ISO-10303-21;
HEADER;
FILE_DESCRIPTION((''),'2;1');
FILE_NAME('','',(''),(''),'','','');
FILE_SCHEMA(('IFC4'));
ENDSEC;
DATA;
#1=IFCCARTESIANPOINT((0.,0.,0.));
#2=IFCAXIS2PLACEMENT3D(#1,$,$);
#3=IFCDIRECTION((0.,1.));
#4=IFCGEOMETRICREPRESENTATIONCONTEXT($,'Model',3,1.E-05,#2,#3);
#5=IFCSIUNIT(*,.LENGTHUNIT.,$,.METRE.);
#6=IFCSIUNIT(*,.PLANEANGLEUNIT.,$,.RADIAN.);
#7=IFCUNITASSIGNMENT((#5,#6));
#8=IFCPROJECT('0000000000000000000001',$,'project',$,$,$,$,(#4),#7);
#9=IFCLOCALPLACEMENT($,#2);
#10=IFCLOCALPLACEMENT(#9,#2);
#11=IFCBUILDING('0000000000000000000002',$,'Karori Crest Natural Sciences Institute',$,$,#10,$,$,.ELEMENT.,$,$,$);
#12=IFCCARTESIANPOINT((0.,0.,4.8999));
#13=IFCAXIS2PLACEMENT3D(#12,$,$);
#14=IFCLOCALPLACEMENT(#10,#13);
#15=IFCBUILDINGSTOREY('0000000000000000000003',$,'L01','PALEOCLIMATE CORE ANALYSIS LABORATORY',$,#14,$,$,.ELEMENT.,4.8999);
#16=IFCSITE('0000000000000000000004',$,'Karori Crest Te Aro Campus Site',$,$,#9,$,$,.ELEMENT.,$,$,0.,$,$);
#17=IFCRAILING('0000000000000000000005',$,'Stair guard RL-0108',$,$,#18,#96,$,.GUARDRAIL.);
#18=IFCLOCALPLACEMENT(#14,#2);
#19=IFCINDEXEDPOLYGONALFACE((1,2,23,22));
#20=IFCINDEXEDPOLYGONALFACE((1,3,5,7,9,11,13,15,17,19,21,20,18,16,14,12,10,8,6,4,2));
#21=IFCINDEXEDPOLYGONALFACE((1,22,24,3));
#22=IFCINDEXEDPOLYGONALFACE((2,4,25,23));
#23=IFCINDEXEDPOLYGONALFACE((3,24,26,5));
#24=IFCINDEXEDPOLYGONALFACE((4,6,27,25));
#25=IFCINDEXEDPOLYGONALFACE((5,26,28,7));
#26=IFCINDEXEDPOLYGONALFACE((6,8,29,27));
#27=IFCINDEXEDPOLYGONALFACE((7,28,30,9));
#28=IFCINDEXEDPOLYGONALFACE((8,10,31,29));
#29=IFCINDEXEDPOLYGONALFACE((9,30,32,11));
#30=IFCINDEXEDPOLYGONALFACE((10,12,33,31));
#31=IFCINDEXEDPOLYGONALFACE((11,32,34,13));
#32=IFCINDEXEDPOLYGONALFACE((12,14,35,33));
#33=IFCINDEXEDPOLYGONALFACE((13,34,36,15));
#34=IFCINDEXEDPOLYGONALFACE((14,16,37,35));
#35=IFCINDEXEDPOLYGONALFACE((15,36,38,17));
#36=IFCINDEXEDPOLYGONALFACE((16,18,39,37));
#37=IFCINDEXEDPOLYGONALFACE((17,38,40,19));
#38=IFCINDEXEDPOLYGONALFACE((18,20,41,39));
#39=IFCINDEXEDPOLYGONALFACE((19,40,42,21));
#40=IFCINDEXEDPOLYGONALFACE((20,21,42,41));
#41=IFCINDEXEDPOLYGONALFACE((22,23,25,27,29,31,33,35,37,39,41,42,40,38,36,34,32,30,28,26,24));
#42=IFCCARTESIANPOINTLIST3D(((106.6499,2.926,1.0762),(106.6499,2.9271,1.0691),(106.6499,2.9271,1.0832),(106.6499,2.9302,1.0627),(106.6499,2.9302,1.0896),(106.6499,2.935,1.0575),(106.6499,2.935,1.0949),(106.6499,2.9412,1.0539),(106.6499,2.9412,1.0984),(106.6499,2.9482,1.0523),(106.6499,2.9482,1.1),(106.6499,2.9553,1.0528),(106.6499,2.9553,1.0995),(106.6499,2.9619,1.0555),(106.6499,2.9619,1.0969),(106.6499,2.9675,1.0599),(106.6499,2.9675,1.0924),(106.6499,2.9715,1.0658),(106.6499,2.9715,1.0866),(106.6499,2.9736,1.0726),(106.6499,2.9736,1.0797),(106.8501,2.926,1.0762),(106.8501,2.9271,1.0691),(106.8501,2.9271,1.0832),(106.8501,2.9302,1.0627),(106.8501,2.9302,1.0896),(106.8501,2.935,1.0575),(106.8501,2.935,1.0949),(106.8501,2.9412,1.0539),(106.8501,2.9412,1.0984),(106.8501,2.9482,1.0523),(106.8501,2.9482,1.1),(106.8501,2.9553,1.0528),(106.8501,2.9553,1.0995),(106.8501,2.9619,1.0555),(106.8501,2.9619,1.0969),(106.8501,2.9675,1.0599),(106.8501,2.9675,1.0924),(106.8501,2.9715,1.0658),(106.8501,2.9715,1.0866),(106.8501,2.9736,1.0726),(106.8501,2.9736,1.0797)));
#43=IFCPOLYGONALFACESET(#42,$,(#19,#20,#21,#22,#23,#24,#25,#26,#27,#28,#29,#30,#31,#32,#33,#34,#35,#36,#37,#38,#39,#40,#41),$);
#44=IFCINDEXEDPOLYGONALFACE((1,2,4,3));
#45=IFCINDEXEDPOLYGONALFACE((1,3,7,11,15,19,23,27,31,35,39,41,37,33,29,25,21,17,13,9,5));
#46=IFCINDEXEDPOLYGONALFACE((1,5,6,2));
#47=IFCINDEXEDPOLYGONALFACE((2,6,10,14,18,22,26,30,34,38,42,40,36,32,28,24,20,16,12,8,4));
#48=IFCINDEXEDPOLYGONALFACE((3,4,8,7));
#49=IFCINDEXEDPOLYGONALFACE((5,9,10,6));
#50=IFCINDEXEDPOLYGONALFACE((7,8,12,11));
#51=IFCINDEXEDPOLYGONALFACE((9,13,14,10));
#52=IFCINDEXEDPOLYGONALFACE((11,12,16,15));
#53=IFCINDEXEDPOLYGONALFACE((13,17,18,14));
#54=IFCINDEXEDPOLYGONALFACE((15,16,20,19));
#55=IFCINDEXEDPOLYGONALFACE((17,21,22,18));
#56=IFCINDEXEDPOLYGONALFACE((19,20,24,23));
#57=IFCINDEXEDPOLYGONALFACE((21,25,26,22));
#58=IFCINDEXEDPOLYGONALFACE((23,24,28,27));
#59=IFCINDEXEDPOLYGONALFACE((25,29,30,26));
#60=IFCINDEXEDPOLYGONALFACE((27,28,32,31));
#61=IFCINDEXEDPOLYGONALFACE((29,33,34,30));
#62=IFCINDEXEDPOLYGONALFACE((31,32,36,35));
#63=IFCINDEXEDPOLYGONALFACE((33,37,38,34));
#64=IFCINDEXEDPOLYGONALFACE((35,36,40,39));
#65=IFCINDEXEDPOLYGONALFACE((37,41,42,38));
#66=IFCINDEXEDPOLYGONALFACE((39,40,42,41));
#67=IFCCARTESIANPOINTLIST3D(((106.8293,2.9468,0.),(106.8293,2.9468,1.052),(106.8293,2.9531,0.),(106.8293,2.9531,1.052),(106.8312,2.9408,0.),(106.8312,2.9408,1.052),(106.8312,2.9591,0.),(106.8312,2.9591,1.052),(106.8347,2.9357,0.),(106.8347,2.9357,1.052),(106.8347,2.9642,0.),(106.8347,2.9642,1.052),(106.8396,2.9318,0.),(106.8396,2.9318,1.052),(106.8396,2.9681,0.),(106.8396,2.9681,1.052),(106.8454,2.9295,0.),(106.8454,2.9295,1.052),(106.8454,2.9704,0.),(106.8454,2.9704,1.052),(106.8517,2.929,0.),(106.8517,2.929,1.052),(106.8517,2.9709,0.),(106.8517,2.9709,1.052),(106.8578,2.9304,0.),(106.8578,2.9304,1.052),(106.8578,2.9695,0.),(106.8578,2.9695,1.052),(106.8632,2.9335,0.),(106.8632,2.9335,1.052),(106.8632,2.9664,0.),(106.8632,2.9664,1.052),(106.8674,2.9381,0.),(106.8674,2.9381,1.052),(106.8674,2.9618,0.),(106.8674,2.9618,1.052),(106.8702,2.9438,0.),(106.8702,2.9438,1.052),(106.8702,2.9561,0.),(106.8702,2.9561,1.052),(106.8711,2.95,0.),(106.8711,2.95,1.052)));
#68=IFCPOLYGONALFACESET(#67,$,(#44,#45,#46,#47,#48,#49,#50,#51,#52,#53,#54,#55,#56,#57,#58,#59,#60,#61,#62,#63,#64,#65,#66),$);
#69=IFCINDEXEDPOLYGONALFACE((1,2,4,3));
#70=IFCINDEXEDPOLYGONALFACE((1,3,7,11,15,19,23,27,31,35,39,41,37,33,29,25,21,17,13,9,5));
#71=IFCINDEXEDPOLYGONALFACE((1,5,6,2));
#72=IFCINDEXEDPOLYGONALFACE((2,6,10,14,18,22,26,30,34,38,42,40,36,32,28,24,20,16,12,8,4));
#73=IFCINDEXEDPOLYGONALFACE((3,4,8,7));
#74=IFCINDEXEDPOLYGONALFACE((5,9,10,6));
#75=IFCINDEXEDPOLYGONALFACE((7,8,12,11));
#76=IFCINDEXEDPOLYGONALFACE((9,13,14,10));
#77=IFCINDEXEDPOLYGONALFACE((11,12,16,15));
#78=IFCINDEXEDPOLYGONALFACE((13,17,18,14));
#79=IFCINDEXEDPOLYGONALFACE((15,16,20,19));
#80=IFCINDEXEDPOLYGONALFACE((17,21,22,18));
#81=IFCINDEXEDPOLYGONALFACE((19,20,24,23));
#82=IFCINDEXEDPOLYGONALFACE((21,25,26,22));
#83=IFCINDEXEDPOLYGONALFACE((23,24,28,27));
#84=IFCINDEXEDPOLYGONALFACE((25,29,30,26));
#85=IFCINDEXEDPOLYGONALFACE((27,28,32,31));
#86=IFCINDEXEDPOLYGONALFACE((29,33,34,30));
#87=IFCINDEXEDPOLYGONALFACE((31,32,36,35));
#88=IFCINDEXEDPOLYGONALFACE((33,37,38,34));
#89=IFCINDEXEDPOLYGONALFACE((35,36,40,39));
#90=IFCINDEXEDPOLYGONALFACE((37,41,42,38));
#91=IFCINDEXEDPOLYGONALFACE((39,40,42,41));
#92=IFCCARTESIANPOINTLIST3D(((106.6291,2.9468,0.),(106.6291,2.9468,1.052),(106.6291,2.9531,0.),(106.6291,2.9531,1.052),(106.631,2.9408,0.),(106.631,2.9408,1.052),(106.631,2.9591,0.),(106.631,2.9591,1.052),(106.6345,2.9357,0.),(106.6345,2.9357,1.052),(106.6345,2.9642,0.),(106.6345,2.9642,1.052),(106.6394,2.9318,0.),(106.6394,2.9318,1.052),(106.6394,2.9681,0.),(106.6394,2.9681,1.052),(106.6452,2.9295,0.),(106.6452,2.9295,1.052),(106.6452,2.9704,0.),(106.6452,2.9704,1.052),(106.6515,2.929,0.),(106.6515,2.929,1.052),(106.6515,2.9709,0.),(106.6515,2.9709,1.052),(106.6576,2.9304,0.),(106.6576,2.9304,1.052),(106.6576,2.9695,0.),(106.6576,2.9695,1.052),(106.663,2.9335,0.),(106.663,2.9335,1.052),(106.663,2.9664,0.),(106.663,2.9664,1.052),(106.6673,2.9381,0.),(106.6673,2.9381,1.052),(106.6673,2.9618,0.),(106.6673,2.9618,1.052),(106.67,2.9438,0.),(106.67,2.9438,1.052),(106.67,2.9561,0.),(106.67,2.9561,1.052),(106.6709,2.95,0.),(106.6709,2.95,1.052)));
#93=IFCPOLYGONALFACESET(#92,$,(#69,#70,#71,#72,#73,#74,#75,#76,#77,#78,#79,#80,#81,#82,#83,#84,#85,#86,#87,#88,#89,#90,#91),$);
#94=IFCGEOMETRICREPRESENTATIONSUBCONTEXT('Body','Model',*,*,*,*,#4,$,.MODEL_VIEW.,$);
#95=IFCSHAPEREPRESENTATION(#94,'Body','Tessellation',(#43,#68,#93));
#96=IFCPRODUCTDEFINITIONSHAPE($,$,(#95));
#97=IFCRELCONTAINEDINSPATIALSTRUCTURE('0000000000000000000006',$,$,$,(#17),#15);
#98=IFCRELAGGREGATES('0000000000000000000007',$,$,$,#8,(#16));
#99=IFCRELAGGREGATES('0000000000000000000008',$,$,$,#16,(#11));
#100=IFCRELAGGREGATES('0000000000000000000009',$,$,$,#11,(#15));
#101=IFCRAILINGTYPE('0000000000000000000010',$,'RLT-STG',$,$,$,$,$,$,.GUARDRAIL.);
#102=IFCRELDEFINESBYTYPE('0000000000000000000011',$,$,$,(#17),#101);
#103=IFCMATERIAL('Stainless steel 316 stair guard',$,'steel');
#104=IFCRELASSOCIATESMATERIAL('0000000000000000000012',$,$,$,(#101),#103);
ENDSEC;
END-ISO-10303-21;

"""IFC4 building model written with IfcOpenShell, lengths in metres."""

from ifc_helpers import new_model, si_unit, direction, frame, origin, origin_2d, place, context, subcontext, project, spatial, circle, extrude, material, type_object, element, save


model = new_model("IFC4")

# Units and contexts
model_context = context("Model", 3, precision=1e-05, world=origin(), true_north=direction((0.0, 1.0)))
body_context = subcontext(model_context, "Body", "Model", "MODEL_VIEW")
ifc_project = project(units=[si_unit("LENGTHUNIT", "METRE"), si_unit("PLANEANGLEUNIT", "RADIAN")], contexts=[model_context])

# Site, building, storey
site_placement = place(None, origin())
site = spatial("IfcSite", under=ifc_project, at=site_placement, Name="Karori Crest Te Aro Campus Site", CompositionType="ELEMENT", RefElevation=0.0)
building_placement = place(site_placement, origin())
building = spatial("IfcBuilding", under=site, at=building_placement, Name="Karori Crest Natural Sciences Institute", CompositionType="ELEMENT")
storey_placement = place(building_placement, frame((0.0, 0.0, 4.8999)))
storey = spatial("IfcBuildingStorey", under=building, at=storey_placement, Name="L01", Description="PALEOCLIMATE CORE ANALYSIS LABORATORY", CompositionType="ELEMENT", Elevation=4.8999)

# Railing
ifc_material_1 = material(Name="Stainless steel 316 stair guard", Category="steel")
railing_type_1 = type_object("IfcRailingType", Name="RLT-STG", PredefinedType="GUARDRAIL", material=ifc_material_1)
railing_1_placement = place(storey_placement, frame((106.8501, 2.95, 0.0)))
element("IfcRailing", 1, at=railing_1_placement, inside=storey, type_object=railing_type_1, Name="Stair guard RL-0108", PredefinedType="GUARDRAIL", context=body_context, shape_type="SweptSolid", body=[
    extrude(circle(Radius=0.0239, at=origin_2d()), frame((0.0, 0.0, 1.0762), z_axis=(-1.0, 0.0, 0.0), x_axis=(0.0, -1.0, 0.0)), (0.0, 0.0, 1.0), 0.2002),
    extrude(circle(Radius=0.021, at=origin_2d()), origin(), (0.0, 0.0, 1.0), 1.052),
    extrude(circle(Radius=0.021, at=origin_2d()), frame((-0.2002, 0.0, 0.0)), (0.0, 0.0, 1.0), 1.052),
])

save(model, "model.ifc")
